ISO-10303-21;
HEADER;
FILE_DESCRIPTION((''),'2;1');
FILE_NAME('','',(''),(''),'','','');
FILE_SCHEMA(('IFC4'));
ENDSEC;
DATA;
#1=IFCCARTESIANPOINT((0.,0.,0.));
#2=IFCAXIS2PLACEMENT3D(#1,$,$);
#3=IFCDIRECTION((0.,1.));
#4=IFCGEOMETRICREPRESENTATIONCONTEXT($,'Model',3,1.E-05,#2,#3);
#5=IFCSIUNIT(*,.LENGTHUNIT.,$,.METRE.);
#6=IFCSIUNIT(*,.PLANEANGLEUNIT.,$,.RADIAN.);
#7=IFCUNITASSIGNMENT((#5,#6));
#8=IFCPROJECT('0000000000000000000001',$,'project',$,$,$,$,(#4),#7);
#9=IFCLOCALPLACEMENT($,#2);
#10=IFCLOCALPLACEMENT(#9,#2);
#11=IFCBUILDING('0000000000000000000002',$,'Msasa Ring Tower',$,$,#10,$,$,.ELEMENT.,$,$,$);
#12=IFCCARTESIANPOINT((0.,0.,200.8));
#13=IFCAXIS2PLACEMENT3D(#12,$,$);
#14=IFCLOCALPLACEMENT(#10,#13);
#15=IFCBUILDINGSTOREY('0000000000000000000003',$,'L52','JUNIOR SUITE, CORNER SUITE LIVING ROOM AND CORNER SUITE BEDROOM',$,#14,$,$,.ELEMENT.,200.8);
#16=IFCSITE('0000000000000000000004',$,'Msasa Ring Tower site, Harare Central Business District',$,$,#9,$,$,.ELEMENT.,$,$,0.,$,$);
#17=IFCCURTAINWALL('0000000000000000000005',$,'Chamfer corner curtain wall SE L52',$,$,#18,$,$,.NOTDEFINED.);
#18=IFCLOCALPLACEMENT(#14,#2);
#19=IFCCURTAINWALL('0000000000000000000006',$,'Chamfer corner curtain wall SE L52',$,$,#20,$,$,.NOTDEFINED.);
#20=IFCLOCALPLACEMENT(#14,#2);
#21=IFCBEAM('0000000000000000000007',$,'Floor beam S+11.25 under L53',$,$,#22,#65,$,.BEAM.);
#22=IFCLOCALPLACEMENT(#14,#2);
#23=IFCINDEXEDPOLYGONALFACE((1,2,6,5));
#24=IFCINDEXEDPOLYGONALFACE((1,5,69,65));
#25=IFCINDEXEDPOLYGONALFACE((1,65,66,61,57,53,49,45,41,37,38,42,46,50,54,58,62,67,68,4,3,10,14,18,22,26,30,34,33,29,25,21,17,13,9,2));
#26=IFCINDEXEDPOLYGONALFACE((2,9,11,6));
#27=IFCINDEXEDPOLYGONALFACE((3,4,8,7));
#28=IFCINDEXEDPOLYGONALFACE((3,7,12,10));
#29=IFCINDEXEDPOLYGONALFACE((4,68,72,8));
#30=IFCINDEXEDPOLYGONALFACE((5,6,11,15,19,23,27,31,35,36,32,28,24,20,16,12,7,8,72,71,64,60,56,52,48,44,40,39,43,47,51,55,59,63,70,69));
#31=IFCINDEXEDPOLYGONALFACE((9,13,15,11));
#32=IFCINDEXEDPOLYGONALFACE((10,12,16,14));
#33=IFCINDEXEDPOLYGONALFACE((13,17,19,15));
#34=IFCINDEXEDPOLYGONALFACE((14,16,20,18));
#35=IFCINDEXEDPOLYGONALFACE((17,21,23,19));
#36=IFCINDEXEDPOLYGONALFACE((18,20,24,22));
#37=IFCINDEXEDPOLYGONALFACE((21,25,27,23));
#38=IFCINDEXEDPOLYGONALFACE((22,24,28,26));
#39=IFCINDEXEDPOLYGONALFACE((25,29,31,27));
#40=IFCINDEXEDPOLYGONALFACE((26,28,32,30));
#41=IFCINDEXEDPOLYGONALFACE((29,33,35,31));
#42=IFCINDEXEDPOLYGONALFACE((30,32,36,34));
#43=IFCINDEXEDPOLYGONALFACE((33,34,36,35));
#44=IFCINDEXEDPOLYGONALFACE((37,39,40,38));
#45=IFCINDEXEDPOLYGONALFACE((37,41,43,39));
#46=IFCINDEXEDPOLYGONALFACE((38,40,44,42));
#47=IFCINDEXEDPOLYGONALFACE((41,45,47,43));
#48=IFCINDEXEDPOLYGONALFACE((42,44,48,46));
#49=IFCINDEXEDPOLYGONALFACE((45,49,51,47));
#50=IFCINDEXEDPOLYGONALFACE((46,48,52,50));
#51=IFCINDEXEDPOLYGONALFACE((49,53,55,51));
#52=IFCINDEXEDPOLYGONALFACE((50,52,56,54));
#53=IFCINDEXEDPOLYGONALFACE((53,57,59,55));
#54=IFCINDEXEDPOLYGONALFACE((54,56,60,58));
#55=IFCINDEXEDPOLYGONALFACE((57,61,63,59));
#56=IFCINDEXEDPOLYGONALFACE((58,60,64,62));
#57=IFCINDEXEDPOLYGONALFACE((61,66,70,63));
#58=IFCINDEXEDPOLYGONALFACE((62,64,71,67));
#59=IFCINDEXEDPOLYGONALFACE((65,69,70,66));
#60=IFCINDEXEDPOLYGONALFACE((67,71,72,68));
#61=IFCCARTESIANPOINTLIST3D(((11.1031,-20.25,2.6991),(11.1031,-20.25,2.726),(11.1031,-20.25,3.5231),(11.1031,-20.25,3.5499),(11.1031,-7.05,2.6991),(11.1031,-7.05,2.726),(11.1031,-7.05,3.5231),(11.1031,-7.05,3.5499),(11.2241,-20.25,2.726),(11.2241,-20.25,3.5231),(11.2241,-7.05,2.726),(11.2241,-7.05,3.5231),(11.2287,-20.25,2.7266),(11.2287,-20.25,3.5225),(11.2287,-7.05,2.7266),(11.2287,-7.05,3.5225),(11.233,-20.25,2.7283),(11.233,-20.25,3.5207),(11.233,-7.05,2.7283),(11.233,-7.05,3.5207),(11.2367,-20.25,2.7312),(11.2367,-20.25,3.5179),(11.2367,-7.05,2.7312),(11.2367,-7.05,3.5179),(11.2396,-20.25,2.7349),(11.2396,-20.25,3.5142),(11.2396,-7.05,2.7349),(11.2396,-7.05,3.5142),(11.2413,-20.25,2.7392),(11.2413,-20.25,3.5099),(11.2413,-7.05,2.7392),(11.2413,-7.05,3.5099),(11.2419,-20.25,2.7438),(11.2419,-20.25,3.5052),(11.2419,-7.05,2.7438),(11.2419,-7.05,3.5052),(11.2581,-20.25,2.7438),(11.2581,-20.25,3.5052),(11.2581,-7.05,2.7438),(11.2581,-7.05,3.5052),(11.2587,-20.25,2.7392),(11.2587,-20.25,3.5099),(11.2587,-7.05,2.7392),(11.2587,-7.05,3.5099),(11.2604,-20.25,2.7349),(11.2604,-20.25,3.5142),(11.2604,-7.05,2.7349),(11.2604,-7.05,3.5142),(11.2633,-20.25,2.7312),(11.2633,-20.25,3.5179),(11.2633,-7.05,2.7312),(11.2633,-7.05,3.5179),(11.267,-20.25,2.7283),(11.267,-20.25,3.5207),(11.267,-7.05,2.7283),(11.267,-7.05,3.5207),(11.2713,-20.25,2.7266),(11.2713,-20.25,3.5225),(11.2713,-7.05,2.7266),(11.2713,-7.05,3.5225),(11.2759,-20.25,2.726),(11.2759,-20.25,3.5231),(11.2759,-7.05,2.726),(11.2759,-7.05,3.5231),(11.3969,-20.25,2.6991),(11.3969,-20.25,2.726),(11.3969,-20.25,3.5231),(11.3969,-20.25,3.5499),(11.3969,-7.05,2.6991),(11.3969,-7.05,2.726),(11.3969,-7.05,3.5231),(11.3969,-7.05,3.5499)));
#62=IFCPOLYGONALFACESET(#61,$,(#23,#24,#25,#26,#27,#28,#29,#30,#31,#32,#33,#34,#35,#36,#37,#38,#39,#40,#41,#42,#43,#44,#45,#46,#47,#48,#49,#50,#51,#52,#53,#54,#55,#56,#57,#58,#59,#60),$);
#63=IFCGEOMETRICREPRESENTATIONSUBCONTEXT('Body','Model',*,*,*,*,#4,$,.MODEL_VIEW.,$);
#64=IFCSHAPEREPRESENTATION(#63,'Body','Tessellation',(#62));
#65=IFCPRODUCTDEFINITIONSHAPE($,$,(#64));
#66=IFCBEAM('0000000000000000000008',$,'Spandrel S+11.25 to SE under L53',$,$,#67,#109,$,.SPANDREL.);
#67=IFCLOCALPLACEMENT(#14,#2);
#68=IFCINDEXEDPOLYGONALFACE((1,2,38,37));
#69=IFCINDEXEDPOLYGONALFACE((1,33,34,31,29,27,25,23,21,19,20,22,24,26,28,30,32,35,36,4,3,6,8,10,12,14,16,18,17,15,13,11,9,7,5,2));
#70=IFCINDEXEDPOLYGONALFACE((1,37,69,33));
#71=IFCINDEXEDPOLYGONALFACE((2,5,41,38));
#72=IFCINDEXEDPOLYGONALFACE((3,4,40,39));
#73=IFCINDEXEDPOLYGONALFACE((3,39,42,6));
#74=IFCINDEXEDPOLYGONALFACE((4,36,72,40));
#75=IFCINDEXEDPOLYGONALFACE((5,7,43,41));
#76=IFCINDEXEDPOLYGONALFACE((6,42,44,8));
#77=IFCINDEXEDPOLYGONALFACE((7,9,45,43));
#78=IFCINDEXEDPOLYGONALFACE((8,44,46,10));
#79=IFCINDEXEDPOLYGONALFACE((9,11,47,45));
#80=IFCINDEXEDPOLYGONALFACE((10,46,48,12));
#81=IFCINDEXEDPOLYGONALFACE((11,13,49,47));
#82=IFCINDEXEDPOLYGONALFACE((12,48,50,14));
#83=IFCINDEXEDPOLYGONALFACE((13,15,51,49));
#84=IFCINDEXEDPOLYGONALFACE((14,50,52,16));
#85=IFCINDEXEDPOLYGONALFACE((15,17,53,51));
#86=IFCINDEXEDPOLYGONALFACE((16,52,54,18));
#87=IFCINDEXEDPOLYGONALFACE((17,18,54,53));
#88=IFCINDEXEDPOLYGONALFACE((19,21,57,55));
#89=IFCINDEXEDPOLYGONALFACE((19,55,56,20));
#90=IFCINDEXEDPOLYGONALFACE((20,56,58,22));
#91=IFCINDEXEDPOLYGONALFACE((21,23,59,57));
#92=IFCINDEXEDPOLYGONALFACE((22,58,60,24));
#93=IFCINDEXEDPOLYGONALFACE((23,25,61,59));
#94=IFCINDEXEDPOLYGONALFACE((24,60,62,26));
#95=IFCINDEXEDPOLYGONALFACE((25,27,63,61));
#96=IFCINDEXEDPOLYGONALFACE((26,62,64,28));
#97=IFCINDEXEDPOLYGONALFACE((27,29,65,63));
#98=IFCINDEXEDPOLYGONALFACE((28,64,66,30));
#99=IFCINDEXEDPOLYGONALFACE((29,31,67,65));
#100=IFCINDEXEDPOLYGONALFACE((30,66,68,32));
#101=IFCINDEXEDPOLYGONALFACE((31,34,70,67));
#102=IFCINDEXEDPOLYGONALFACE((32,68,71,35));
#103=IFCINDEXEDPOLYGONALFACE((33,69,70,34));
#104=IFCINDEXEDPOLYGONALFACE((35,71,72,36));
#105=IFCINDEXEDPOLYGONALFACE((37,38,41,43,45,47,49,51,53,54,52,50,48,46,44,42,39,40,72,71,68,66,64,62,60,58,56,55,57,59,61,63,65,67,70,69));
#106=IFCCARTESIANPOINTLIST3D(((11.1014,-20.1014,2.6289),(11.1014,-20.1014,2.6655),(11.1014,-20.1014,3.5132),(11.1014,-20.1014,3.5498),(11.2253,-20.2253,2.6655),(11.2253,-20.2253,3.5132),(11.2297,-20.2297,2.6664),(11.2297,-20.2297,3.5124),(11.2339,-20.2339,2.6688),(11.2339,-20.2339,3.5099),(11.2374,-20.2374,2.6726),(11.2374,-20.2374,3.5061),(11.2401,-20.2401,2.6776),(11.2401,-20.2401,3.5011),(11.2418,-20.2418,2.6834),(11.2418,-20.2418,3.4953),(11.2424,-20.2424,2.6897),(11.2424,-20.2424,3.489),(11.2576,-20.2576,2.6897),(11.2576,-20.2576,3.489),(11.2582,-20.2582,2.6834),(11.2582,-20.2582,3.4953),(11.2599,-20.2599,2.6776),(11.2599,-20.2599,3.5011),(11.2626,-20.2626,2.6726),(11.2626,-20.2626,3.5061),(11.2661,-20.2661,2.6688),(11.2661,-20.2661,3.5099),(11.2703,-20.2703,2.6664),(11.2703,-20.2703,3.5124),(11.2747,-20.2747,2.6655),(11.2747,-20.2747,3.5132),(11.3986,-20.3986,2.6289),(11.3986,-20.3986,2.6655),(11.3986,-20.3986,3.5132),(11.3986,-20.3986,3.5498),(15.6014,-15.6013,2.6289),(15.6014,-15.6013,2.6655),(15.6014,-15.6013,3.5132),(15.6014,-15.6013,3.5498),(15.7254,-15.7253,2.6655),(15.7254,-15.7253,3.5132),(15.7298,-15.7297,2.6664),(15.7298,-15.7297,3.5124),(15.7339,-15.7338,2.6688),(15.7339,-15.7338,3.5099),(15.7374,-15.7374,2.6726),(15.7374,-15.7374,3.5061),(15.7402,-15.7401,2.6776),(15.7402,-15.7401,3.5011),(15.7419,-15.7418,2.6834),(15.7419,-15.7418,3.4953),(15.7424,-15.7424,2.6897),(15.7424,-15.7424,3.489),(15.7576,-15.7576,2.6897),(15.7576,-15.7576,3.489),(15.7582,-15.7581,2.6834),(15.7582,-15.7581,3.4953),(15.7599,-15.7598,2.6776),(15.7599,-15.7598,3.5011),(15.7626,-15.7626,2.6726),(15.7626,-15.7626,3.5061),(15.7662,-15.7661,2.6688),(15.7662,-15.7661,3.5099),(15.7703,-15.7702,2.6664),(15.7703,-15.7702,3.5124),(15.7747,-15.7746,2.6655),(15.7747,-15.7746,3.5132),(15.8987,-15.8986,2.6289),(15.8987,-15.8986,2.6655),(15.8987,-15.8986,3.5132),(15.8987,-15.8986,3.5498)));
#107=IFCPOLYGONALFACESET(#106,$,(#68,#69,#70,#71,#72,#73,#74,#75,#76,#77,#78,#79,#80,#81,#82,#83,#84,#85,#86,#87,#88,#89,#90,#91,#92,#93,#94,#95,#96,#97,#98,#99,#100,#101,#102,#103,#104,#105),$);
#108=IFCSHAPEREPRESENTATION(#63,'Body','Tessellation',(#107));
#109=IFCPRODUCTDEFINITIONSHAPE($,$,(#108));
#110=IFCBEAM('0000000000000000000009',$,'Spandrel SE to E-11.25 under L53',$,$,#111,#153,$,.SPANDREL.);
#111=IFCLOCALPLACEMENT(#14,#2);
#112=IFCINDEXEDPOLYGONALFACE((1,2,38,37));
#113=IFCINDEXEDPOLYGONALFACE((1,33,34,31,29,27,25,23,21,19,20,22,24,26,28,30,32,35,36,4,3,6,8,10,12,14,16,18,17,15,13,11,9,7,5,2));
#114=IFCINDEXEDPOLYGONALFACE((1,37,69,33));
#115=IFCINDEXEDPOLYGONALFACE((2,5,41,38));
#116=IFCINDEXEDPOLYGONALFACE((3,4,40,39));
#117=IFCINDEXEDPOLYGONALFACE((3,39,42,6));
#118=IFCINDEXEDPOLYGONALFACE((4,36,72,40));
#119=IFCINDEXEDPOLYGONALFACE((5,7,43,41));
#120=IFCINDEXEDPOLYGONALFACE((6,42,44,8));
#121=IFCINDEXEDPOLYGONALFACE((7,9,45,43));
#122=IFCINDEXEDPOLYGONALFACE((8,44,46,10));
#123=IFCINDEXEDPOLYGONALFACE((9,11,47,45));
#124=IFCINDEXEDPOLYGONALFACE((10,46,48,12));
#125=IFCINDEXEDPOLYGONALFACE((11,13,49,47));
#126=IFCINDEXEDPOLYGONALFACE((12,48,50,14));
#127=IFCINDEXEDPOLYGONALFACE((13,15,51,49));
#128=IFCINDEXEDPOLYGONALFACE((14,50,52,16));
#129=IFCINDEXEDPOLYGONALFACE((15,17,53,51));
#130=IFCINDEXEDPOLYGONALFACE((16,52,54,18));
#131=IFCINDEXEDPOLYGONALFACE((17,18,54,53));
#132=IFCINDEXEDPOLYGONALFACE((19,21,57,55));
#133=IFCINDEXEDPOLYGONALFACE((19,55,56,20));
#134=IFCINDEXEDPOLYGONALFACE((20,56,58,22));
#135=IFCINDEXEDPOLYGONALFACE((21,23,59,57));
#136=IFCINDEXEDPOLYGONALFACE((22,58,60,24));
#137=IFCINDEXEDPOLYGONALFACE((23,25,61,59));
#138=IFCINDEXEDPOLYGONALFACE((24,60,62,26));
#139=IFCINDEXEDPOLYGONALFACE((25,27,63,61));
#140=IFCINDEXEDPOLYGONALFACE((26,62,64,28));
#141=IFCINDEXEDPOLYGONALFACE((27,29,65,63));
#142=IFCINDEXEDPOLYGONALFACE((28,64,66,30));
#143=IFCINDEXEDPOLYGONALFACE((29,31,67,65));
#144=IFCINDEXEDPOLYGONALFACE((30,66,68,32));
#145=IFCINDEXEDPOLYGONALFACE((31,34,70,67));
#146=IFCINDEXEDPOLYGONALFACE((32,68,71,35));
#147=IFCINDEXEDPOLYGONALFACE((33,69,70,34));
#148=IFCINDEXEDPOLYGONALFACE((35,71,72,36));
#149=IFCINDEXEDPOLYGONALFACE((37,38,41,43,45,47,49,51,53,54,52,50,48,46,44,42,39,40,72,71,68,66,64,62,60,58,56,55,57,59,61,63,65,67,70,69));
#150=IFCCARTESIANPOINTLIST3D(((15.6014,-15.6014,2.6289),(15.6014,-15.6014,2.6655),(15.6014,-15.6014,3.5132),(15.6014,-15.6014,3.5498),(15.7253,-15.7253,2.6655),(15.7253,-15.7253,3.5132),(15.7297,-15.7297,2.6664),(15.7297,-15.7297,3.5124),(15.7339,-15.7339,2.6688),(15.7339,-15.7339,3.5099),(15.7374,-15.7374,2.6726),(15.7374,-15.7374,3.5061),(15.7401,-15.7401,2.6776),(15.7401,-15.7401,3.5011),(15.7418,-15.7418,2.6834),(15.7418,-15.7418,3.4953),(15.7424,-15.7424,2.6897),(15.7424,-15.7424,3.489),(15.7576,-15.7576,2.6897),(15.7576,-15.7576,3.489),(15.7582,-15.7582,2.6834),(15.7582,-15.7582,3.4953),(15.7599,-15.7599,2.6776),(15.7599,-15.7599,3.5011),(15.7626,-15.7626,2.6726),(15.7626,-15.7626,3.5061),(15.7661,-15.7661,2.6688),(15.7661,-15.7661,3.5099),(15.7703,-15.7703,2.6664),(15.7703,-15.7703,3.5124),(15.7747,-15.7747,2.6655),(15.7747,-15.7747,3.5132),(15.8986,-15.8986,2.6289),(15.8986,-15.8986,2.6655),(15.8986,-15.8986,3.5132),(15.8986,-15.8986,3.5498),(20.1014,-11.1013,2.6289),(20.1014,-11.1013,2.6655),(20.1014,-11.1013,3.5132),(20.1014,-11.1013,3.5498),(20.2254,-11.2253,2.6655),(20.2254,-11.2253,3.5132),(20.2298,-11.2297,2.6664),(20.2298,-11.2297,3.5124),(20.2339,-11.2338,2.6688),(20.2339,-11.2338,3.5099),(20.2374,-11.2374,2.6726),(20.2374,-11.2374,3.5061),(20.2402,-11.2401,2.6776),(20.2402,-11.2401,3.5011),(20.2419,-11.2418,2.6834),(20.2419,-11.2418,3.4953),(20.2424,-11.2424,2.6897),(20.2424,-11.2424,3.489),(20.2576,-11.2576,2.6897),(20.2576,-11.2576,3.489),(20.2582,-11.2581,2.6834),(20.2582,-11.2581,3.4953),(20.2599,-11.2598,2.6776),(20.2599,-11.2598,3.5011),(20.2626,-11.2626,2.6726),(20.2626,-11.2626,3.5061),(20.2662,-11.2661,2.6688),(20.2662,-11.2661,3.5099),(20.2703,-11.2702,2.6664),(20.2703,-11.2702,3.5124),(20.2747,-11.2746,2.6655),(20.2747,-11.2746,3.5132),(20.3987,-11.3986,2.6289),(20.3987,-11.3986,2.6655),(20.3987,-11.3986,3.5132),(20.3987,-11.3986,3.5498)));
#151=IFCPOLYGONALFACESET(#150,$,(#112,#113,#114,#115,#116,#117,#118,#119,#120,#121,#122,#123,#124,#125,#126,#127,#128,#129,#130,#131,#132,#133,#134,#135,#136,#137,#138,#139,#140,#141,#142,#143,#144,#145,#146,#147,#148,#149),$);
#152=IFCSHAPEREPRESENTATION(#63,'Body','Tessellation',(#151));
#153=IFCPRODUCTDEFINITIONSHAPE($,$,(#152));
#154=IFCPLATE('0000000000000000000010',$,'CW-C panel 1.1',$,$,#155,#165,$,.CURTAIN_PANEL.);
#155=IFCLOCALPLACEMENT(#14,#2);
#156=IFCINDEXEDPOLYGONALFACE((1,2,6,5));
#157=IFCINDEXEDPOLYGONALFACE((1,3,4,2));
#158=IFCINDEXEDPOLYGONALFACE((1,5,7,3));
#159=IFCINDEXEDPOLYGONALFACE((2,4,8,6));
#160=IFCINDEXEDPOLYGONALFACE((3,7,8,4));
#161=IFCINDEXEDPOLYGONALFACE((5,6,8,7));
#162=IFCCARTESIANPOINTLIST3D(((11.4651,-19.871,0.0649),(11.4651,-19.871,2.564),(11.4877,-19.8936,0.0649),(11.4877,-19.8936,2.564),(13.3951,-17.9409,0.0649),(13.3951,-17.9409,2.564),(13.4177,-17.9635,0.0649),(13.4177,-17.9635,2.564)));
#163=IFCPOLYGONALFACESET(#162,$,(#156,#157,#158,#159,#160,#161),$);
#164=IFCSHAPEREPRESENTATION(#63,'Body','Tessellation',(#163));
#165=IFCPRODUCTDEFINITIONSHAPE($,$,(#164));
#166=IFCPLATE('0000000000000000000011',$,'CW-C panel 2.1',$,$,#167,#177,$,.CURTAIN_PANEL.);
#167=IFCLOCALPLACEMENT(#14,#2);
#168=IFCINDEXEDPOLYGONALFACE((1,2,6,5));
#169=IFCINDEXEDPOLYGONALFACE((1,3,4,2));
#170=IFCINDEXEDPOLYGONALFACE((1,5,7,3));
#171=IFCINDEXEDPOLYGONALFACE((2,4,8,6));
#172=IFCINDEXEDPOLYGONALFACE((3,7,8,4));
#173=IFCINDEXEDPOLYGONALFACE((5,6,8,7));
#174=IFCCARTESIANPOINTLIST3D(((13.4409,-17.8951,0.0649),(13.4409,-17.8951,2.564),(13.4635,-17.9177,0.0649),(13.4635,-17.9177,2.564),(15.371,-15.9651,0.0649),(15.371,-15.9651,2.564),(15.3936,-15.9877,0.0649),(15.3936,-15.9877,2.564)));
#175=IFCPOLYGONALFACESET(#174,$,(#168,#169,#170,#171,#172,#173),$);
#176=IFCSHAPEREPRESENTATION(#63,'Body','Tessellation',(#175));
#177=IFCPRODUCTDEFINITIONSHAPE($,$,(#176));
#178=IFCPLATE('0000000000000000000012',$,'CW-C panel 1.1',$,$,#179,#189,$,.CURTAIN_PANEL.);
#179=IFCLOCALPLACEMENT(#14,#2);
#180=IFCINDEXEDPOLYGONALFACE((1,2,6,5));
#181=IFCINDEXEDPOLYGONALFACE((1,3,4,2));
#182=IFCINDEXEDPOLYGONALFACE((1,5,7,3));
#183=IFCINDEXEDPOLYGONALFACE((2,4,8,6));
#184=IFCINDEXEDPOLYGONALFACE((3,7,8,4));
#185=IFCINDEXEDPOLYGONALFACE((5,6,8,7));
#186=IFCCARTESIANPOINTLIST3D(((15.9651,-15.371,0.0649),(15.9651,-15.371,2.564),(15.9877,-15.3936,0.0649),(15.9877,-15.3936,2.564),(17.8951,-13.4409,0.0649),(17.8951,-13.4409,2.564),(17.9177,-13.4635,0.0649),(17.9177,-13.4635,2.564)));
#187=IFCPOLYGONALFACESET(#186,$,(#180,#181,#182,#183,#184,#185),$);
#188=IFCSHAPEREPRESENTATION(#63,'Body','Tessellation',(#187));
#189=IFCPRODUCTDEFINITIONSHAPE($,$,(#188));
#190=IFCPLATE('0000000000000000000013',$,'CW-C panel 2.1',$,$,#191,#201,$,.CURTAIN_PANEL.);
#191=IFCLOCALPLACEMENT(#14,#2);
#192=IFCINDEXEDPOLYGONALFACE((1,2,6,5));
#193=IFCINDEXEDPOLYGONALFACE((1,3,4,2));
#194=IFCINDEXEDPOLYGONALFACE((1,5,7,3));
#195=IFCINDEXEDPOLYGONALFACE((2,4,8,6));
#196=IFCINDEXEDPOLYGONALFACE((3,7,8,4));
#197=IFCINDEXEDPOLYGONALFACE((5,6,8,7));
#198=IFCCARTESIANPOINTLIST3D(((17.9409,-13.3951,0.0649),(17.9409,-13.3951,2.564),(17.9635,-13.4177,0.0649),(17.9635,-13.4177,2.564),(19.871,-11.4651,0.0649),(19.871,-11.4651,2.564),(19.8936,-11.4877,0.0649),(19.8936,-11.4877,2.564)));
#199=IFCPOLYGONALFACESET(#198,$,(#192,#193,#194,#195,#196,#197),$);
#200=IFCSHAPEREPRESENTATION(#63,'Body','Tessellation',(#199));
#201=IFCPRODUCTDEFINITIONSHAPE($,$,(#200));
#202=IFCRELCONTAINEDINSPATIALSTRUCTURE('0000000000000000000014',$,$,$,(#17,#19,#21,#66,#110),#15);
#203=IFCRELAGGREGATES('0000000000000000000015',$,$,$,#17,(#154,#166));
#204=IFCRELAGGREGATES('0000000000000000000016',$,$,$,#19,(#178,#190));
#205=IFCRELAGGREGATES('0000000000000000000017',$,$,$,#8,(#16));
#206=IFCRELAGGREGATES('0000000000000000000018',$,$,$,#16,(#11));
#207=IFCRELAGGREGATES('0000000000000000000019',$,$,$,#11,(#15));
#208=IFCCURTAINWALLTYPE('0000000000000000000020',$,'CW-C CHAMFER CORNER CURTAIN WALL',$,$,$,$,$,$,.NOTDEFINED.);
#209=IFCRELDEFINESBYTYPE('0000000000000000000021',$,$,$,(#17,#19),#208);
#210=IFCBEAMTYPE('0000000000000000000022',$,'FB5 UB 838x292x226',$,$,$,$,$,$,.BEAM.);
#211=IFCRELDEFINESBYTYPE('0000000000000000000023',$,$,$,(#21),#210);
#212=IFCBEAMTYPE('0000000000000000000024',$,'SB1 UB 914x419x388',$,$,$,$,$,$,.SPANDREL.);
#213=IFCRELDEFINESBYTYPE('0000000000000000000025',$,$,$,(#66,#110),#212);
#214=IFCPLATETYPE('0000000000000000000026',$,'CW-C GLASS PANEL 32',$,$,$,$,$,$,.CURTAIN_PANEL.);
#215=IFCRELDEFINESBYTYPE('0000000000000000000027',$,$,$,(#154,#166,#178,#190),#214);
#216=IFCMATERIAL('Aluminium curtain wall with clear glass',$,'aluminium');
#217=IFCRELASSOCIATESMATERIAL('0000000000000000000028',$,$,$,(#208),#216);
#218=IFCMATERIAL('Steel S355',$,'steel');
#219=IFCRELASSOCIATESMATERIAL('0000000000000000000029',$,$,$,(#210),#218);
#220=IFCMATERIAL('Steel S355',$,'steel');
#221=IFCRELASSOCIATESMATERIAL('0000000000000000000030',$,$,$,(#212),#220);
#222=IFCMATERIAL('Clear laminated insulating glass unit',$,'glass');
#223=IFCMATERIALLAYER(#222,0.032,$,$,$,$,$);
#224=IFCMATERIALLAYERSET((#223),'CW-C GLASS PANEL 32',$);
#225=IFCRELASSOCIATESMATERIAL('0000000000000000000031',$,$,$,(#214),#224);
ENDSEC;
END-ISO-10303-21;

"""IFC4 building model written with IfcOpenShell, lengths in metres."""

from ifc_helpers import new_model, si_unit, direction, frame, origin, origin_2d, place, context, subcontext, project, spatial, rectangle, i_section, extrude, material, layer, layer_set, material_profile, profile_set, type_object, element, aggregate, save


model = new_model("IFC4")

# Units and contexts
model_context = context("Model", 3, precision=1e-05, world=origin(), true_north=direction((0.0, 1.0)))
body_context = subcontext(model_context, "Body", "Model", "MODEL_VIEW")
ifc_project = project(units=[si_unit("LENGTHUNIT", "METRE"), si_unit("PLANEANGLEUNIT", "RADIAN")], contexts=[model_context])

# Site, building, storey
site_placement = place(None, origin())
site = spatial("IfcSite", under=ifc_project, at=site_placement, Name="Msasa Ring Tower site, Harare Central Business District", CompositionType="ELEMENT", RefElevation=0.0)
building_placement = place(site_placement, origin())
building = spatial("IfcBuilding", under=site, at=building_placement, Name="Msasa Ring Tower", CompositionType="ELEMENT")
storey_placement = place(building_placement, frame((0.0, 0.0, 200.8)))
storey = spatial("IfcBuildingStorey", under=building, at=storey_placement, Name="L52", Description="JUNIOR SUITE, CORNER SUITE LIVING ROOM AND CORNER SUITE BEDROOM", CompositionType="ELEMENT", Elevation=200.8)

# Curtain walls
ifc_material_1 = material(Name="Aluminium curtain wall with clear glass", Category="aluminium")
curtain_wall_type = type_object("IfcCurtainWallType", Name="CW-C CHAMFER CORNER CURTAIN WALL", PredefinedType="NOTDEFINED", material=ifc_material_1)
curtain_wall_1_placement = place(storey_placement, origin())
curtain_wall_1 = element("IfcCurtainWall", 1, at=curtain_wall_1_placement, inside=storey, type_object=curtain_wall_type, Name="Chamfer corner curtain wall SE L52", PredefinedType="NOTDEFINED")
curtain_wall_2_placement = place(storey_placement, origin())
curtain_wall_2 = element("IfcCurtainWall", 2, at=curtain_wall_2_placement, inside=storey, type_object=curtain_wall_type, Name="Chamfer corner curtain wall SE L52", PredefinedType="NOTDEFINED")

# Beams
ifc_material_2 = material(Name="Steel S355", Category="steel")
ifc_material_profile_1 = material_profile(ifc_material_2, i_section(OverallWidth=0.2937, OverallDepth=0.8508, WebThickness=0.0161, FlangeThickness=0.0269, FilletRadius=0.0178, at=origin_2d()), Name="UB 838x292x226")
ifc_profile_set_1 = profile_set([ifc_material_profile_1], Name="Steel S355")
beam_type_1 = type_object("IfcBeamType", Name="FB5 UB 838x292x226", PredefinedType="BEAM", material=ifc_profile_set_1)
beam_placement = place(storey_placement, frame((11.25, -20.25, 3.1245), z_axis=(0.0, 1.0, 0.0), x_axis=(-1.0, 0.0, 0.0)))
element("IfcBeam", 3, at=beam_placement, inside=storey, type_object=beam_type_1, Name="Floor beam S+11.25 under L53", PredefinedType="BEAM", context=body_context, shape_type="SweptSolid", body=[
    extrude(i_section(OverallWidth=0.2937, OverallDepth=0.8508, WebThickness=0.0161, FlangeThickness=0.0269, FilletRadius=0.0178, at=origin_2d()), origin(), (0.0, 0.0, 1.0), 13.2),
])
ifc_material_3 = material(Name="Steel S355", Category="steel")
ifc_material_profile_2 = material_profile(ifc_material_3, i_section(OverallWidth=0.4204, OverallDepth=0.9209, WebThickness=0.0215, FlangeThickness=0.0366, FilletRadius=0.0242, at=origin_2d()), Name="UB 914x419x388")
ifc_profile_set_2 = profile_set([ifc_material_profile_2], Name="Steel S355")
beam_type_2 = type_object("IfcBeamType", Name="SB1 UB 914x419x388", PredefinedType="SPANDREL", material=ifc_profile_set_2)
for number, where, z_axis, x_axis, name in (
    (4, (11.25, -20.25, 3.0894), (0.707107, 0.707107, 0.0), (-0.707107, 0.707107, 0.0), "Spandrel S+11.25 to SE under L53"),
    (5, (15.75, -15.75, 3.0894), (0.707107, 0.707107, 0.0), (-0.707107, 0.707107, 0.0), "Spandrel SE to E-11.25 under L53"),
):
    element("IfcBeam", number, at=place(storey_placement, frame(where, z_axis=z_axis, x_axis=x_axis)), inside=storey, type_object=beam_type_2, Name=name, PredefinedType="SPANDREL", context=body_context, shape_type="SweptSolid", body=[
        extrude(i_section(OverallWidth=0.4204, OverallDepth=0.9209, WebThickness=0.0215, FlangeThickness=0.0366, FilletRadius=0.0242, at=origin_2d()), origin(), (0.0, 0.0, 1.0), 6.364),
    ])

# Plates
ifc_material_4 = material(Name="Clear laminated insulating glass unit", Category="glass")
ifc_layer_1 = layer(ifc_material_4, 0.032)
ifc_layer_set_1 = layer_set([ifc_layer_1], Name="CW-C GLASS PANEL 32")
plate_type = type_object("IfcPlateType", Name="CW-C GLASS PANEL 32", PredefinedType="CURTAIN_PANEL", material=ifc_layer_set_1)
plate_1_placement = place(storey_placement, frame((12.4414, -18.9172, 0.0649), z_axis=(0.0, 0.0, 1.0), x_axis=(0.707107, 0.707107, 0.0)))
plate_1 = element("IfcPlate", 6, at=plate_1_placement, type_object=plate_type, Name="CW-C panel 1.1", PredefinedType="CURTAIN_PANEL", context=body_context, shape_type="SweptSolid", body=[
    extrude(rectangle(XDim=2.7295, YDim=0.032, at=origin_2d()), origin(), (0.0, 0.0, 1.0), 2.499),
])
plate_2_placement = place(storey_placement, frame((14.4172, -16.9414, 0.0649), z_axis=(0.0, 0.0, 1.0), x_axis=(0.707107, 0.707107, 0.0)))
plate_2 = element("IfcPlate", 7, at=plate_2_placement, type_object=plate_type, Name="CW-C panel 2.1", PredefinedType="CURTAIN_PANEL", context=body_context, shape_type="SweptSolid", body=[
    extrude(rectangle(XDim=2.7295, YDim=0.032, at=origin_2d()), origin(), (0.0, 0.0, 1.0), 2.499),
])
aggregate(curtain_wall_1, [plate_1, plate_2])
plate_3_placement = place(storey_placement, frame((16.9414, -14.4172, 0.0649), z_axis=(0.0, 0.0, 1.0), x_axis=(0.707107, 0.707107, 0.0)))
plate_3 = element("IfcPlate", 8, at=plate_3_placement, type_object=plate_type, Name="CW-C panel 1.1", PredefinedType="CURTAIN_PANEL", context=body_context, shape_type="SweptSolid", body=[
    extrude(rectangle(XDim=2.7295, YDim=0.032, at=origin_2d()), origin(), (0.0, 0.0, 1.0), 2.499),
])
plate_4_placement = place(storey_placement, frame((18.9172, -12.4414, 0.0649), z_axis=(0.0, 0.0, 1.0), x_axis=(0.707107, 0.707107, 0.0)))
plate_4 = element("IfcPlate", 9, at=plate_4_placement, type_object=plate_type, Name="CW-C panel 2.1", PredefinedType="CURTAIN_PANEL", context=body_context, shape_type="SweptSolid", body=[
    extrude(rectangle(XDim=2.7295, YDim=0.032, at=origin_2d()), origin(), (0.0, 0.0, 1.0), 2.499),
])
aggregate(curtain_wall_2, [plate_3, plate_4])

save(model, "model.ifc")
